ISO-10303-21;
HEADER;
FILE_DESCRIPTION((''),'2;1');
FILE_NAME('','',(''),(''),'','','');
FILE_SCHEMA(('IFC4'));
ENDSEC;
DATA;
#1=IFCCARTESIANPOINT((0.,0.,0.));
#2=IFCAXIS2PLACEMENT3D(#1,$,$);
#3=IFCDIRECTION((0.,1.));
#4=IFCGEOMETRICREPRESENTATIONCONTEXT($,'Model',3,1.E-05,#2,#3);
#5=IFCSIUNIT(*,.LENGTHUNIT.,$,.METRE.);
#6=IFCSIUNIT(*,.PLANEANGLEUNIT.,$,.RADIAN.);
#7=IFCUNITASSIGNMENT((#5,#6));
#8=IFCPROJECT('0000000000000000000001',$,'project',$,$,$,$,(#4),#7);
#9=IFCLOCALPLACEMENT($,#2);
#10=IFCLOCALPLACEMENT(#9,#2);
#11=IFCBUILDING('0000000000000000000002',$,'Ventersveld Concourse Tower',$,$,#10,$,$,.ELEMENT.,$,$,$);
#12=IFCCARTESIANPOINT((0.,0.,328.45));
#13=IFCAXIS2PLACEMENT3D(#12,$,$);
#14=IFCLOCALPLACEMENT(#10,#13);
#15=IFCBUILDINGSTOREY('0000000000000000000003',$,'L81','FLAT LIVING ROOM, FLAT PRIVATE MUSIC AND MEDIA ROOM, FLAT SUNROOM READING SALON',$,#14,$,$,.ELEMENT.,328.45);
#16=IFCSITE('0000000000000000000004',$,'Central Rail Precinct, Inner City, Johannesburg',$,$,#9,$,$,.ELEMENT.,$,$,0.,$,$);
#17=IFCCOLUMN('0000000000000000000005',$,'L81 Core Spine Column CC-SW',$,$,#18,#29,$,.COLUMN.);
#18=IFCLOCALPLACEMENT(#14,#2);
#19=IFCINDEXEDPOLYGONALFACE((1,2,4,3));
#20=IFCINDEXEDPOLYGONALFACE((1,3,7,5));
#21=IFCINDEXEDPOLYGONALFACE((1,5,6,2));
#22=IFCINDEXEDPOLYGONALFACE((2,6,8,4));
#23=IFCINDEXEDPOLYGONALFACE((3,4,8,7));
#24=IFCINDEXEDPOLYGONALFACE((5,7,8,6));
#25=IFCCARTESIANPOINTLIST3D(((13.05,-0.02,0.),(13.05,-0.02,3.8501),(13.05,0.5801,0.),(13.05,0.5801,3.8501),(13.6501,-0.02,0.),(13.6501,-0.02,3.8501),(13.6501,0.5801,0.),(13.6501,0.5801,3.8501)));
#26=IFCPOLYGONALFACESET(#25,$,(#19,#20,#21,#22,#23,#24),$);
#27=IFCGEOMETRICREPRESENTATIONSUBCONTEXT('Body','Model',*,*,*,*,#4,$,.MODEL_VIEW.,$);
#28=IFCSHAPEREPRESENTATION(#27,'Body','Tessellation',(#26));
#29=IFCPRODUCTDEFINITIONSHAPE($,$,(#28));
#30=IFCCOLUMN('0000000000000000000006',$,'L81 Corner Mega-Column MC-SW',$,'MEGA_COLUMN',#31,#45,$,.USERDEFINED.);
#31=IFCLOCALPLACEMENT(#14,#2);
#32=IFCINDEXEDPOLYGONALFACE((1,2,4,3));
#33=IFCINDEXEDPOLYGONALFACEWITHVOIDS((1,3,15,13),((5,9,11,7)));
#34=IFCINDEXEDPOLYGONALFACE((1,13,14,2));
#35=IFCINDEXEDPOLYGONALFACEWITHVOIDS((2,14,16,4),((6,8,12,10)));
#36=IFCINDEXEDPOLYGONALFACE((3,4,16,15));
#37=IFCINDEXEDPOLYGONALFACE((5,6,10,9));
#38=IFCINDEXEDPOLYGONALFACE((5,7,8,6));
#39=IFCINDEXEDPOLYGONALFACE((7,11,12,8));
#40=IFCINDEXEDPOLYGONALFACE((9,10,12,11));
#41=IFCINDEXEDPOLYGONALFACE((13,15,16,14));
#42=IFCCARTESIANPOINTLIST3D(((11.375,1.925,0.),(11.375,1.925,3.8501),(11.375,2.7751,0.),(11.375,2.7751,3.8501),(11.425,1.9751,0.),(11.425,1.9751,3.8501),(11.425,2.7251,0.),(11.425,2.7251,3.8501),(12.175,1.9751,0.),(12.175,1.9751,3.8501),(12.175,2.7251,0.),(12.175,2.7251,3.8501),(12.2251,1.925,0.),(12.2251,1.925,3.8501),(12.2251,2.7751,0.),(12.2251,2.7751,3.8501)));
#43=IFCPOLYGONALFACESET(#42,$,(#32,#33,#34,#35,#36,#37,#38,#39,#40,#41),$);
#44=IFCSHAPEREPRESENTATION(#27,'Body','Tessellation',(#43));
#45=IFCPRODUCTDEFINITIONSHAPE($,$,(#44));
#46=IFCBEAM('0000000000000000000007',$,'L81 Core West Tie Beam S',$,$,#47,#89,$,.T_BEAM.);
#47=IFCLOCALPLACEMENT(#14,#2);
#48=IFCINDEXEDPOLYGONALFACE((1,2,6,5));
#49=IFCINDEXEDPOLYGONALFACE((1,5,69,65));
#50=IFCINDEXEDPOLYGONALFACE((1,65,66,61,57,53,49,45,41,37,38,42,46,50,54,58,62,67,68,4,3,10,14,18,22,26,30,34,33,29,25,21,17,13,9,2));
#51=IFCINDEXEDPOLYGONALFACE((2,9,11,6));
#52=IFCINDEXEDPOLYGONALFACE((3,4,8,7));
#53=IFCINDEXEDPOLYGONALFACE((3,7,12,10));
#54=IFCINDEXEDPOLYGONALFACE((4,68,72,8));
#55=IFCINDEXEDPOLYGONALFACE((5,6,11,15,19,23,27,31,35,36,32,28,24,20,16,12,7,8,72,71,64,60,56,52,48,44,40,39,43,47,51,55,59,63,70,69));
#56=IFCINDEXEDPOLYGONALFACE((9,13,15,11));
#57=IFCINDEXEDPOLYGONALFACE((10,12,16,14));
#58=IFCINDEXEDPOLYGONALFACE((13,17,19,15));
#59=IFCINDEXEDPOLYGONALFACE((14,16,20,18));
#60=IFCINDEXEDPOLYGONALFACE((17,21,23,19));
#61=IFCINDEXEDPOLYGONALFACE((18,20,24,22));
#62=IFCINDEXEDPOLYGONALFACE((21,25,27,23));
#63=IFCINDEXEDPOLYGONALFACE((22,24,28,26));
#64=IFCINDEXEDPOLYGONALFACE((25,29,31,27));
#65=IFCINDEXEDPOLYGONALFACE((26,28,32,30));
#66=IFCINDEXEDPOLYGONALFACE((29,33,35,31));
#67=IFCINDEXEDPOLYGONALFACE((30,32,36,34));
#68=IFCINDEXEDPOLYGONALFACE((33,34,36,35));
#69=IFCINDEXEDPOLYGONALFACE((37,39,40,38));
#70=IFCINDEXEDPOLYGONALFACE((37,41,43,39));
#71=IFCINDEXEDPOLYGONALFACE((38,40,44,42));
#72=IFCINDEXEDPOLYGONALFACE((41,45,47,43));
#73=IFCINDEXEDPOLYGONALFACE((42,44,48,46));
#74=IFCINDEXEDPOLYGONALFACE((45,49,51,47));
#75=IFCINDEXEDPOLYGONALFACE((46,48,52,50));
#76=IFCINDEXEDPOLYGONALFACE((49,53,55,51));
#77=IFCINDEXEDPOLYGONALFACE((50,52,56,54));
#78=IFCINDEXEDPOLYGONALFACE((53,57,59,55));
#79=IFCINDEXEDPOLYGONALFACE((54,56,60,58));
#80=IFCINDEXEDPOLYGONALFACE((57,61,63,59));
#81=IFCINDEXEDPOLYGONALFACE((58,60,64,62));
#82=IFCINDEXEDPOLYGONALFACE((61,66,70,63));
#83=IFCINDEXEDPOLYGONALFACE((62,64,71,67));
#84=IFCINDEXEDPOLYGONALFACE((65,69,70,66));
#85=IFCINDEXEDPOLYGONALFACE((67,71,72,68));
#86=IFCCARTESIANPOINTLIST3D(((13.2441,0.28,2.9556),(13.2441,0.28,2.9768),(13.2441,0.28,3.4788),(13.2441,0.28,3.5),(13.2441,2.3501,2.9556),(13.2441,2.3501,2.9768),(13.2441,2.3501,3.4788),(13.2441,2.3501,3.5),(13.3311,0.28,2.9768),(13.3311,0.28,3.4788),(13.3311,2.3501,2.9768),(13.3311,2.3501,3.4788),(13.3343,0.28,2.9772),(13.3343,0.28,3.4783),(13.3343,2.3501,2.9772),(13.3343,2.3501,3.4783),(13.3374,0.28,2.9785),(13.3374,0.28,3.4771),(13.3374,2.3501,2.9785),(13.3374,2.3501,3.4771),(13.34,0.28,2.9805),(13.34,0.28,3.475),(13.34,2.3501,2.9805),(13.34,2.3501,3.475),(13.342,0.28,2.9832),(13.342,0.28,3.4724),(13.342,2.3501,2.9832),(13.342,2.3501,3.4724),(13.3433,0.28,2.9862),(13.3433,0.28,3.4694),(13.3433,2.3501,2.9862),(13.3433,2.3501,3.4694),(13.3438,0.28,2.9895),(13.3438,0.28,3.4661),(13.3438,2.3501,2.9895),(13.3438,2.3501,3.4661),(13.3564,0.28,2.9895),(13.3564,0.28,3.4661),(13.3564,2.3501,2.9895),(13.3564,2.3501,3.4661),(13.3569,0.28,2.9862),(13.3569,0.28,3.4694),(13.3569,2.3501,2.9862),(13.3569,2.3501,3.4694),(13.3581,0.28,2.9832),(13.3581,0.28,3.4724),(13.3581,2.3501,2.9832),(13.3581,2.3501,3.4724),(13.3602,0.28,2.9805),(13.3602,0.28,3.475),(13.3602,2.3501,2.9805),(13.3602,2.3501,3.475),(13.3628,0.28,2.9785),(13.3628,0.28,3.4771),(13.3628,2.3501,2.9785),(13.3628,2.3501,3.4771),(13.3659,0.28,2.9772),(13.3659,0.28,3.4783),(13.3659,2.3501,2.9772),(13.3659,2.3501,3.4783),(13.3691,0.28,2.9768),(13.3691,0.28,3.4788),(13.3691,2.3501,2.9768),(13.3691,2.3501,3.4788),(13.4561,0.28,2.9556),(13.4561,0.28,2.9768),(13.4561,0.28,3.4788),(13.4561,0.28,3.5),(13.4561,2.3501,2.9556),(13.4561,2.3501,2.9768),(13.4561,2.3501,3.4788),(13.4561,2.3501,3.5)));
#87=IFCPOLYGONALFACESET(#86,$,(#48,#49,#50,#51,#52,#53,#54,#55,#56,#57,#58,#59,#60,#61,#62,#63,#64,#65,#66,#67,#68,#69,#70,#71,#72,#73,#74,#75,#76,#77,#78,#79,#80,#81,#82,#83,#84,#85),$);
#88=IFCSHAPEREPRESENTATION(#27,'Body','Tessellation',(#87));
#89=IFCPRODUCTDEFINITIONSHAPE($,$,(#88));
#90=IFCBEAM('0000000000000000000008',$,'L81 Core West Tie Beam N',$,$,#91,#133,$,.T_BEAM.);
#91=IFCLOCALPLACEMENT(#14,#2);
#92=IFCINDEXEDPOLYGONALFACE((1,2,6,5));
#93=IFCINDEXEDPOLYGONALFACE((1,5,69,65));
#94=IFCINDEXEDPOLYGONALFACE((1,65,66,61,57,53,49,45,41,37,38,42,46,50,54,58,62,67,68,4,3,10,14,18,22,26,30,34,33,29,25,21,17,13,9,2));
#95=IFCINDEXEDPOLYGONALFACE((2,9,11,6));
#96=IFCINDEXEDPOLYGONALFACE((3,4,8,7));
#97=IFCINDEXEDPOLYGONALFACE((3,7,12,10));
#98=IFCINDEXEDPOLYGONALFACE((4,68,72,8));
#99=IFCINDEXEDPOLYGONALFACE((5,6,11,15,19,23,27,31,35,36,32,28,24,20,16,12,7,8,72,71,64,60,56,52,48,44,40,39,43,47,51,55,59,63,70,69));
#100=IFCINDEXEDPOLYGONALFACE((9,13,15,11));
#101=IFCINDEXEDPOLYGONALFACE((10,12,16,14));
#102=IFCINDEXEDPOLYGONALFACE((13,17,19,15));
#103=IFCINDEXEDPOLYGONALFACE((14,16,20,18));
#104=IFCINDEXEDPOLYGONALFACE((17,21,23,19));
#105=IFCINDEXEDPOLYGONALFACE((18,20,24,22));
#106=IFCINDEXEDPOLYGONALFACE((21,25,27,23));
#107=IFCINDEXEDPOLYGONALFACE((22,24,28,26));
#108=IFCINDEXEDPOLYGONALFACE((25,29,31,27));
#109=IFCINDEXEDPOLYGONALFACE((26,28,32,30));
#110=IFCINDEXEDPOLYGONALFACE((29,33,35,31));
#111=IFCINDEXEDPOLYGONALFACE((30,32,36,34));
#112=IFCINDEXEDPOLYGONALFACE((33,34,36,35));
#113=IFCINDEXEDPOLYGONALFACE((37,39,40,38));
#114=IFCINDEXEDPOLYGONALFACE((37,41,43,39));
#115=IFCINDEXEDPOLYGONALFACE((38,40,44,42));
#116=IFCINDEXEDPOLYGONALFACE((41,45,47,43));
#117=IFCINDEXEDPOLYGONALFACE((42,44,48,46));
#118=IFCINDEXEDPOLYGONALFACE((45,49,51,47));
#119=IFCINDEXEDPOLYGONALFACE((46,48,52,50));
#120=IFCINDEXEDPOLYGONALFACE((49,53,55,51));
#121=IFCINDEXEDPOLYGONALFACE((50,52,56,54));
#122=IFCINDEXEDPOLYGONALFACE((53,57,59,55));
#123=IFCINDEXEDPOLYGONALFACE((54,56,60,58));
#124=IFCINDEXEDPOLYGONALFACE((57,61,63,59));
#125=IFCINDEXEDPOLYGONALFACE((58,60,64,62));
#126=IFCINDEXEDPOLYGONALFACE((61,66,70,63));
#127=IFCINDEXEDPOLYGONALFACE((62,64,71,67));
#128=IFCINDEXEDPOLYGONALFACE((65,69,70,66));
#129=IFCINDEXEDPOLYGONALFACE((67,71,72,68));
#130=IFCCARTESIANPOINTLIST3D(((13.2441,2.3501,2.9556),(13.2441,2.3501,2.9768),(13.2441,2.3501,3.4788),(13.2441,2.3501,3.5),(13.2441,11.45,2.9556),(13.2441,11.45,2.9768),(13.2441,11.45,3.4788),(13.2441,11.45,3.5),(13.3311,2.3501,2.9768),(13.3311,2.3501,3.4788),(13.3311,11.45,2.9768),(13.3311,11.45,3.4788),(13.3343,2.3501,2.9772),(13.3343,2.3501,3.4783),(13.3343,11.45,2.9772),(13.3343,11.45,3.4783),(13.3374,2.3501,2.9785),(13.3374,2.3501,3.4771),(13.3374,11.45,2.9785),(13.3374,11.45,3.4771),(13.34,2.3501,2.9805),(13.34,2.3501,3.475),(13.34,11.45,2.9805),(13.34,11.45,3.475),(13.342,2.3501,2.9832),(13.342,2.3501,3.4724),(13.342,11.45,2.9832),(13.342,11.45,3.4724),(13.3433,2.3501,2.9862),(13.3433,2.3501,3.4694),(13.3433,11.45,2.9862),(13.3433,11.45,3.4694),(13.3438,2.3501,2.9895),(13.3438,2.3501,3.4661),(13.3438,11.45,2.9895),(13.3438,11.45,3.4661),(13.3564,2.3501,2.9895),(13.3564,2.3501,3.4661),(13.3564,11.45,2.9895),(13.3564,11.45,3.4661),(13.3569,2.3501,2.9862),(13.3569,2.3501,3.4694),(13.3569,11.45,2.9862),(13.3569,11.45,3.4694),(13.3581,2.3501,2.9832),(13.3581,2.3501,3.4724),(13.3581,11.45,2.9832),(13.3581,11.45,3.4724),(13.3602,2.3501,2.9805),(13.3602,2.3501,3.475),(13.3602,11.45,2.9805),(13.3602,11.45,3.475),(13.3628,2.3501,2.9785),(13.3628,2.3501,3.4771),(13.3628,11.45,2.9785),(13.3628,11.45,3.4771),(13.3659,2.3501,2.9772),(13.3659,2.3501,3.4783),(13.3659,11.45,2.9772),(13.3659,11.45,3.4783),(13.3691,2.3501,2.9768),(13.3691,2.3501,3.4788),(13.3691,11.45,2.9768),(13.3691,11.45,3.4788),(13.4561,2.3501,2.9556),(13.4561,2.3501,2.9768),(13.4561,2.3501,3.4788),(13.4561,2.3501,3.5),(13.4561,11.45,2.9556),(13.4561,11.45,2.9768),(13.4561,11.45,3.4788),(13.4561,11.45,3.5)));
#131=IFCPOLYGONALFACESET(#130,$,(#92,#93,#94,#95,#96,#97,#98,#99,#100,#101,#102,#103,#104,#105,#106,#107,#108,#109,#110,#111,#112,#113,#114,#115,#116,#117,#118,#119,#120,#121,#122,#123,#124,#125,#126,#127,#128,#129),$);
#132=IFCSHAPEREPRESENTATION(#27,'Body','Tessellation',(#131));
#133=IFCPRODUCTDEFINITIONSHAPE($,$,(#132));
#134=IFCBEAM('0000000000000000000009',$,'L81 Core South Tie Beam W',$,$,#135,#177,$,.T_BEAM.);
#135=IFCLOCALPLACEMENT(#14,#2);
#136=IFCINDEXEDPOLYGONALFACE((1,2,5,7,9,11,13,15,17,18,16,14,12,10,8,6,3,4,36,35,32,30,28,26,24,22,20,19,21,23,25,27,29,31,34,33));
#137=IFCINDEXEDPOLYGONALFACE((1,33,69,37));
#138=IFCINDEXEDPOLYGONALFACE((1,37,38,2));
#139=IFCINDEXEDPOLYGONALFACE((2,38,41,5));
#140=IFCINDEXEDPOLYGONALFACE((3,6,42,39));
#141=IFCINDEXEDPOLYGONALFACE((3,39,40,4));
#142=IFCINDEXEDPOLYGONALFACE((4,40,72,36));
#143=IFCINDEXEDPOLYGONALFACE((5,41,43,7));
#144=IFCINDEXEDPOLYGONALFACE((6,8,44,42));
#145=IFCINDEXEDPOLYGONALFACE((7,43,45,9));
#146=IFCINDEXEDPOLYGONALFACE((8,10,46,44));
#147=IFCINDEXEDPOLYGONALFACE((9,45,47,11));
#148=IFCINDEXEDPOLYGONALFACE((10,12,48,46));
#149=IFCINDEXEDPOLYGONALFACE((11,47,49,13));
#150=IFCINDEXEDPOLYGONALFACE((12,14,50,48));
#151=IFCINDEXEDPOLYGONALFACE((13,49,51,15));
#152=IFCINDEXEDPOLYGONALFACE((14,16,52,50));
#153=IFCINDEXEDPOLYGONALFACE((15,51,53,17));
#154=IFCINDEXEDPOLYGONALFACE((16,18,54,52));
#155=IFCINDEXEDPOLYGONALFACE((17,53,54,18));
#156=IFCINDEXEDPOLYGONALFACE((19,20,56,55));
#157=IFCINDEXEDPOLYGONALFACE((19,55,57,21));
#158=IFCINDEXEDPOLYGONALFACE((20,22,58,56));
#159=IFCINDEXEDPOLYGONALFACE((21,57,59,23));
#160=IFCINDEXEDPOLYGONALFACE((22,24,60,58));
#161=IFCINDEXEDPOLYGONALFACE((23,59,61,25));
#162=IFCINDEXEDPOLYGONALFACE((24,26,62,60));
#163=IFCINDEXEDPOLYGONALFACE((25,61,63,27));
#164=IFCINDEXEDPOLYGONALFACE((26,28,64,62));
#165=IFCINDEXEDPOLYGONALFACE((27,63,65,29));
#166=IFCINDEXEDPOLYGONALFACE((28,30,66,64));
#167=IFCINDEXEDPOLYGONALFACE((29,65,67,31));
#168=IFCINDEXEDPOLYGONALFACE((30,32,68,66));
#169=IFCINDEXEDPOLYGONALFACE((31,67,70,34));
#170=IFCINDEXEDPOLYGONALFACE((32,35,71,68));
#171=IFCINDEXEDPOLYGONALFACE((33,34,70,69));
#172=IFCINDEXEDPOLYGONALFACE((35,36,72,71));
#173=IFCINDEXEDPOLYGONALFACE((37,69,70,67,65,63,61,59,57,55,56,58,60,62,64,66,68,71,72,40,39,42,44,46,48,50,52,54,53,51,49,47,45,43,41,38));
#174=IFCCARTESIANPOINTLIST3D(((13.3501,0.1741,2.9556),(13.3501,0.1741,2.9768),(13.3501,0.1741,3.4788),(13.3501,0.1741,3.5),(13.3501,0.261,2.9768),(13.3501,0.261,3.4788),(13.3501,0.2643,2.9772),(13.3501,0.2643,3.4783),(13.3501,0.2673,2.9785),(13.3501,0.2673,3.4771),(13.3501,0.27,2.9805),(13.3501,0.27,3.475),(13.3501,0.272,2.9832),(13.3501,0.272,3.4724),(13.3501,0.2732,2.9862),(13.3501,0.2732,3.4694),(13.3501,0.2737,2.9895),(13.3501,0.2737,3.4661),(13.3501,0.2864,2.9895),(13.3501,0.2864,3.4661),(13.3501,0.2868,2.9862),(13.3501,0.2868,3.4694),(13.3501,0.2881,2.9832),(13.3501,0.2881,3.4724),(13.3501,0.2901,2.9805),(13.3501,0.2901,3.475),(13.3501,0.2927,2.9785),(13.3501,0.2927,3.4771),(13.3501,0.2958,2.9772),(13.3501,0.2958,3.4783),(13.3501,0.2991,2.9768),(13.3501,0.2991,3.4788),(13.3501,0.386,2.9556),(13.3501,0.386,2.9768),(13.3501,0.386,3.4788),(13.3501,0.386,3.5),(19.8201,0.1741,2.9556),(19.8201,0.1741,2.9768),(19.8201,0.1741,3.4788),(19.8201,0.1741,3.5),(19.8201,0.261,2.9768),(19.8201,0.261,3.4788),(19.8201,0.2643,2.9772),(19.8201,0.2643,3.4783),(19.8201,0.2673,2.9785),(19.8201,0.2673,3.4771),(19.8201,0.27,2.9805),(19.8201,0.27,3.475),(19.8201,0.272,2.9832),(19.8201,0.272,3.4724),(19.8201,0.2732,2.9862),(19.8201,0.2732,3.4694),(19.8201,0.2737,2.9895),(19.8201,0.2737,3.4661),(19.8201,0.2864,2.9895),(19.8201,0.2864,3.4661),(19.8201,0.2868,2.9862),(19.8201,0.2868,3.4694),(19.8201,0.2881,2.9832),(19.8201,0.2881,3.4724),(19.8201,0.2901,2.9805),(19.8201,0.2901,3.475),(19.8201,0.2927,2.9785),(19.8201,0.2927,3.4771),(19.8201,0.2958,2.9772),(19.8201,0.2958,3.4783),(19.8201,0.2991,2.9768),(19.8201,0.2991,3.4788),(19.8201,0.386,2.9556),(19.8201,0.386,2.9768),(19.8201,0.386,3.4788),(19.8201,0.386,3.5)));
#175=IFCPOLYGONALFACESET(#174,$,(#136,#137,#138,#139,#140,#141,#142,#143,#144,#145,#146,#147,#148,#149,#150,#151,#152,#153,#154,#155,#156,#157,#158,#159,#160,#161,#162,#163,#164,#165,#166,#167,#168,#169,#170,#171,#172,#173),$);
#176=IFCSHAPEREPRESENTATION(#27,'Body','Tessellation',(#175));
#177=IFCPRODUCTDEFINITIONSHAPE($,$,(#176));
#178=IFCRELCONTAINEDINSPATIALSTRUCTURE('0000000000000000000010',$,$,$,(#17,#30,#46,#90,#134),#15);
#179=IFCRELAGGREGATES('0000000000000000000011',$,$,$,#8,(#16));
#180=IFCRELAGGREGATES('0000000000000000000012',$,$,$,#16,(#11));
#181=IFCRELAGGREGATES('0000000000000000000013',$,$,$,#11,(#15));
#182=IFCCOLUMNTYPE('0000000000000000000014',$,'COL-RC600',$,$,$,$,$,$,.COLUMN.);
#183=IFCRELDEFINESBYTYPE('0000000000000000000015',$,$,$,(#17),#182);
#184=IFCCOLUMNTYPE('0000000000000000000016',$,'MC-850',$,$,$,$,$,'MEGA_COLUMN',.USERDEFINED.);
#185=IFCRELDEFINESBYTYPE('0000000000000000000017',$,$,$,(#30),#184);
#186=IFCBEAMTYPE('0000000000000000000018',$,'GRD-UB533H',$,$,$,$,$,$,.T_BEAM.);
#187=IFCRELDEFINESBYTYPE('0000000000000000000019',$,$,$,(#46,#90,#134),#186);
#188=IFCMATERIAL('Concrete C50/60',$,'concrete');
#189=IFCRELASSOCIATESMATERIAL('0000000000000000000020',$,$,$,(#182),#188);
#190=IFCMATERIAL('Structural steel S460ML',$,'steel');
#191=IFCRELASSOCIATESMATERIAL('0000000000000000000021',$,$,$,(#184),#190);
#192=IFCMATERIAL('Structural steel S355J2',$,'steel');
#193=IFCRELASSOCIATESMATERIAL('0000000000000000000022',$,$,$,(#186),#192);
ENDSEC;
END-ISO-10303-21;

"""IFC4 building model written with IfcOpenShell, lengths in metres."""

from ifc_helpers import new_model, si_unit, direction, frame, origin, origin_2d, place, context, subcontext, project, spatial, rectangle, hollow_rectangle, i_section, extrude, material, material_profile, profile_set, type_object, element, save


model = new_model("IFC4")

# Units and contexts
model_context = context("Model", 3, precision=1e-05, world=origin(), true_north=direction((0.0, 1.0)))
body_context = subcontext(model_context, "Body", "Model", "MODEL_VIEW")
ifc_project = project(units=[si_unit("LENGTHUNIT", "METRE"), si_unit("PLANEANGLEUNIT", "RADIAN")], contexts=[model_context])

# Site, building, storey
site_placement = place(None, origin())
site = spatial("IfcSite", under=ifc_project, at=site_placement, Name="Central Rail Precinct, Inner City, Johannesburg", CompositionType="ELEMENT", RefElevation=0.0)
building_placement = place(site_placement, origin())
building = spatial("IfcBuilding", under=site, at=building_placement, Name="Ventersveld Concourse Tower", CompositionType="ELEMENT")
storey_placement = place(building_placement, frame((0.0, 0.0, 328.45)))
storey = spatial("IfcBuildingStorey", under=building, at=storey_placement, Name="L81", Description="FLAT LIVING ROOM, FLAT PRIVATE MUSIC AND MEDIA ROOM, FLAT SUNROOM READING SALON", CompositionType="ELEMENT", Elevation=328.45)

# Columns
ifc_material_1 = material(Name="Concrete C50/60", Category="concrete")
ifc_material_profile_1 = material_profile(ifc_material_1, rectangle(XDim=0.6001, YDim=0.6001, at=origin_2d()), Name="RC 600x600")
ifc_profile_set_1 = profile_set([ifc_material_profile_1], Name="Concrete C50/60")
column_type_1 = type_object("IfcColumnType", Name="COL-RC600", PredefinedType="COLUMN", material=ifc_profile_set_1)
column_1_placement = place(storey_placement, frame((13.3501, 0.28, 0.0), z_axis=(0.0, 0.0, 1.0), x_axis=(1.0, 0.0, 0.0)))
element("IfcColumn", 1, at=column_1_placement, inside=storey, type_object=column_type_1, Name="L81 Core Spine Column CC-SW", PredefinedType="COLUMN", context=body_context, shape_type="SweptSolid", body=[
    extrude(rectangle(XDim=0.6001, YDim=0.6001, at=origin_2d()), origin(), (0.0, 0.0, 1.0), 3.8501),
])
ifc_material_2 = material(Name="Structural steel S460ML", Category="steel")
ifc_material_profile_2 = material_profile(ifc_material_2, hollow_rectangle(XDim=0.8501, YDim=0.8501, WallThickness=0.05, at=origin_2d()), Name="BOX 850x850x50")
ifc_profile_set_2 = profile_set([ifc_material_profile_2], Name="Structural steel S460ML")
column_type_2 = type_object("IfcColumnType", Name="MC-850", ElementType="MEGA_COLUMN", PredefinedType="USERDEFINED", material=ifc_profile_set_2)
column_2_placement = place(storey_placement, frame((11.8, 2.3501, 0.0), z_axis=(0.0, 0.0, 1.0), x_axis=(1.0, 0.0, 0.0)))
element("IfcColumn", 2, at=column_2_placement, inside=storey, type_object=column_type_2, Name="L81 Corner Mega-Column MC-SW", ObjectType="MEGA_COLUMN", PredefinedType="USERDEFINED", context=body_context, shape_type="SweptSolid", body=[
    extrude(hollow_rectangle(XDim=0.8501, YDim=0.8501, WallThickness=0.05, at=origin_2d()), origin(), (0.0, 0.0, 1.0), 3.8501),
])

# Beams
ifc_material_3 = material(Name="Structural steel S355J2", Category="steel")
ifc_material_profile_3 = material_profile(ifc_material_3, i_section(OverallWidth=0.2119, OverallDepth=0.5444, WebThickness=0.0127, FlangeThickness=0.0212, FilletRadius=0.0127, at=origin_2d()), Name="UB 533x210x122")
ifc_profile_set_3 = profile_set([ifc_material_profile_3], Name="Structural steel S355J2")
beam_type_1 = type_object("IfcBeamType", Name="GRD-UB533H", PredefinedType="T_BEAM", material=ifc_profile_set_3)
beam_1_placement = place(storey_placement, frame((13.3501, 0.28, 3.2278), z_axis=(0.0, 1.0, 0.0), x_axis=(-1.0, 0.0, 0.0)))
element("IfcBeam", 3, at=beam_1_placement, inside=storey, type_object=beam_type_1, Name="L81 Core West Tie Beam S", PredefinedType="T_BEAM", context=body_context, shape_type="SweptSolid", body=[
    extrude(i_section(OverallWidth=0.2119, OverallDepth=0.5444, WebThickness=0.0127, FlangeThickness=0.0212, FilletRadius=0.0127, at=origin_2d()), origin(), (0.0, 0.0, 1.0), 2.0701),
])
beam_2_placement = place(storey_placement, frame((13.3501, 2.3501, 3.2278), z_axis=(0.0, 1.0, 0.0), x_axis=(-1.0, 0.0, 0.0)))
element("IfcBeam", 4, at=beam_2_placement, inside=storey, type_object=beam_type_1, Name="L81 Core West Tie Beam N", PredefinedType="T_BEAM", context=body_context, shape_type="SweptSolid", body=[
    extrude(i_section(OverallWidth=0.2119, OverallDepth=0.5444, WebThickness=0.0127, FlangeThickness=0.0212, FilletRadius=0.0127, at=origin_2d()), origin(), (0.0, 0.0, 1.0), 9.0999),
])
beam_3_placement = place(storey_placement, frame((13.3501, 0.28, 3.2278), z_axis=(1.0, 0.0, 0.0), x_axis=(0.0, 1.0, 0.0)))
element("IfcBeam", 5, at=beam_3_placement, inside=storey, type_object=beam_type_1, Name="L81 Core South Tie Beam W", PredefinedType="T_BEAM", context=body_context, shape_type="SweptSolid", body=[
    extrude(i_section(OverallWidth=0.2119, OverallDepth=0.5444, WebThickness=0.0127, FlangeThickness=0.0212, FilletRadius=0.0127, at=origin_2d()), origin(), (0.0, 0.0, 1.0), 6.47),
])

save(model, "model.ifc")
